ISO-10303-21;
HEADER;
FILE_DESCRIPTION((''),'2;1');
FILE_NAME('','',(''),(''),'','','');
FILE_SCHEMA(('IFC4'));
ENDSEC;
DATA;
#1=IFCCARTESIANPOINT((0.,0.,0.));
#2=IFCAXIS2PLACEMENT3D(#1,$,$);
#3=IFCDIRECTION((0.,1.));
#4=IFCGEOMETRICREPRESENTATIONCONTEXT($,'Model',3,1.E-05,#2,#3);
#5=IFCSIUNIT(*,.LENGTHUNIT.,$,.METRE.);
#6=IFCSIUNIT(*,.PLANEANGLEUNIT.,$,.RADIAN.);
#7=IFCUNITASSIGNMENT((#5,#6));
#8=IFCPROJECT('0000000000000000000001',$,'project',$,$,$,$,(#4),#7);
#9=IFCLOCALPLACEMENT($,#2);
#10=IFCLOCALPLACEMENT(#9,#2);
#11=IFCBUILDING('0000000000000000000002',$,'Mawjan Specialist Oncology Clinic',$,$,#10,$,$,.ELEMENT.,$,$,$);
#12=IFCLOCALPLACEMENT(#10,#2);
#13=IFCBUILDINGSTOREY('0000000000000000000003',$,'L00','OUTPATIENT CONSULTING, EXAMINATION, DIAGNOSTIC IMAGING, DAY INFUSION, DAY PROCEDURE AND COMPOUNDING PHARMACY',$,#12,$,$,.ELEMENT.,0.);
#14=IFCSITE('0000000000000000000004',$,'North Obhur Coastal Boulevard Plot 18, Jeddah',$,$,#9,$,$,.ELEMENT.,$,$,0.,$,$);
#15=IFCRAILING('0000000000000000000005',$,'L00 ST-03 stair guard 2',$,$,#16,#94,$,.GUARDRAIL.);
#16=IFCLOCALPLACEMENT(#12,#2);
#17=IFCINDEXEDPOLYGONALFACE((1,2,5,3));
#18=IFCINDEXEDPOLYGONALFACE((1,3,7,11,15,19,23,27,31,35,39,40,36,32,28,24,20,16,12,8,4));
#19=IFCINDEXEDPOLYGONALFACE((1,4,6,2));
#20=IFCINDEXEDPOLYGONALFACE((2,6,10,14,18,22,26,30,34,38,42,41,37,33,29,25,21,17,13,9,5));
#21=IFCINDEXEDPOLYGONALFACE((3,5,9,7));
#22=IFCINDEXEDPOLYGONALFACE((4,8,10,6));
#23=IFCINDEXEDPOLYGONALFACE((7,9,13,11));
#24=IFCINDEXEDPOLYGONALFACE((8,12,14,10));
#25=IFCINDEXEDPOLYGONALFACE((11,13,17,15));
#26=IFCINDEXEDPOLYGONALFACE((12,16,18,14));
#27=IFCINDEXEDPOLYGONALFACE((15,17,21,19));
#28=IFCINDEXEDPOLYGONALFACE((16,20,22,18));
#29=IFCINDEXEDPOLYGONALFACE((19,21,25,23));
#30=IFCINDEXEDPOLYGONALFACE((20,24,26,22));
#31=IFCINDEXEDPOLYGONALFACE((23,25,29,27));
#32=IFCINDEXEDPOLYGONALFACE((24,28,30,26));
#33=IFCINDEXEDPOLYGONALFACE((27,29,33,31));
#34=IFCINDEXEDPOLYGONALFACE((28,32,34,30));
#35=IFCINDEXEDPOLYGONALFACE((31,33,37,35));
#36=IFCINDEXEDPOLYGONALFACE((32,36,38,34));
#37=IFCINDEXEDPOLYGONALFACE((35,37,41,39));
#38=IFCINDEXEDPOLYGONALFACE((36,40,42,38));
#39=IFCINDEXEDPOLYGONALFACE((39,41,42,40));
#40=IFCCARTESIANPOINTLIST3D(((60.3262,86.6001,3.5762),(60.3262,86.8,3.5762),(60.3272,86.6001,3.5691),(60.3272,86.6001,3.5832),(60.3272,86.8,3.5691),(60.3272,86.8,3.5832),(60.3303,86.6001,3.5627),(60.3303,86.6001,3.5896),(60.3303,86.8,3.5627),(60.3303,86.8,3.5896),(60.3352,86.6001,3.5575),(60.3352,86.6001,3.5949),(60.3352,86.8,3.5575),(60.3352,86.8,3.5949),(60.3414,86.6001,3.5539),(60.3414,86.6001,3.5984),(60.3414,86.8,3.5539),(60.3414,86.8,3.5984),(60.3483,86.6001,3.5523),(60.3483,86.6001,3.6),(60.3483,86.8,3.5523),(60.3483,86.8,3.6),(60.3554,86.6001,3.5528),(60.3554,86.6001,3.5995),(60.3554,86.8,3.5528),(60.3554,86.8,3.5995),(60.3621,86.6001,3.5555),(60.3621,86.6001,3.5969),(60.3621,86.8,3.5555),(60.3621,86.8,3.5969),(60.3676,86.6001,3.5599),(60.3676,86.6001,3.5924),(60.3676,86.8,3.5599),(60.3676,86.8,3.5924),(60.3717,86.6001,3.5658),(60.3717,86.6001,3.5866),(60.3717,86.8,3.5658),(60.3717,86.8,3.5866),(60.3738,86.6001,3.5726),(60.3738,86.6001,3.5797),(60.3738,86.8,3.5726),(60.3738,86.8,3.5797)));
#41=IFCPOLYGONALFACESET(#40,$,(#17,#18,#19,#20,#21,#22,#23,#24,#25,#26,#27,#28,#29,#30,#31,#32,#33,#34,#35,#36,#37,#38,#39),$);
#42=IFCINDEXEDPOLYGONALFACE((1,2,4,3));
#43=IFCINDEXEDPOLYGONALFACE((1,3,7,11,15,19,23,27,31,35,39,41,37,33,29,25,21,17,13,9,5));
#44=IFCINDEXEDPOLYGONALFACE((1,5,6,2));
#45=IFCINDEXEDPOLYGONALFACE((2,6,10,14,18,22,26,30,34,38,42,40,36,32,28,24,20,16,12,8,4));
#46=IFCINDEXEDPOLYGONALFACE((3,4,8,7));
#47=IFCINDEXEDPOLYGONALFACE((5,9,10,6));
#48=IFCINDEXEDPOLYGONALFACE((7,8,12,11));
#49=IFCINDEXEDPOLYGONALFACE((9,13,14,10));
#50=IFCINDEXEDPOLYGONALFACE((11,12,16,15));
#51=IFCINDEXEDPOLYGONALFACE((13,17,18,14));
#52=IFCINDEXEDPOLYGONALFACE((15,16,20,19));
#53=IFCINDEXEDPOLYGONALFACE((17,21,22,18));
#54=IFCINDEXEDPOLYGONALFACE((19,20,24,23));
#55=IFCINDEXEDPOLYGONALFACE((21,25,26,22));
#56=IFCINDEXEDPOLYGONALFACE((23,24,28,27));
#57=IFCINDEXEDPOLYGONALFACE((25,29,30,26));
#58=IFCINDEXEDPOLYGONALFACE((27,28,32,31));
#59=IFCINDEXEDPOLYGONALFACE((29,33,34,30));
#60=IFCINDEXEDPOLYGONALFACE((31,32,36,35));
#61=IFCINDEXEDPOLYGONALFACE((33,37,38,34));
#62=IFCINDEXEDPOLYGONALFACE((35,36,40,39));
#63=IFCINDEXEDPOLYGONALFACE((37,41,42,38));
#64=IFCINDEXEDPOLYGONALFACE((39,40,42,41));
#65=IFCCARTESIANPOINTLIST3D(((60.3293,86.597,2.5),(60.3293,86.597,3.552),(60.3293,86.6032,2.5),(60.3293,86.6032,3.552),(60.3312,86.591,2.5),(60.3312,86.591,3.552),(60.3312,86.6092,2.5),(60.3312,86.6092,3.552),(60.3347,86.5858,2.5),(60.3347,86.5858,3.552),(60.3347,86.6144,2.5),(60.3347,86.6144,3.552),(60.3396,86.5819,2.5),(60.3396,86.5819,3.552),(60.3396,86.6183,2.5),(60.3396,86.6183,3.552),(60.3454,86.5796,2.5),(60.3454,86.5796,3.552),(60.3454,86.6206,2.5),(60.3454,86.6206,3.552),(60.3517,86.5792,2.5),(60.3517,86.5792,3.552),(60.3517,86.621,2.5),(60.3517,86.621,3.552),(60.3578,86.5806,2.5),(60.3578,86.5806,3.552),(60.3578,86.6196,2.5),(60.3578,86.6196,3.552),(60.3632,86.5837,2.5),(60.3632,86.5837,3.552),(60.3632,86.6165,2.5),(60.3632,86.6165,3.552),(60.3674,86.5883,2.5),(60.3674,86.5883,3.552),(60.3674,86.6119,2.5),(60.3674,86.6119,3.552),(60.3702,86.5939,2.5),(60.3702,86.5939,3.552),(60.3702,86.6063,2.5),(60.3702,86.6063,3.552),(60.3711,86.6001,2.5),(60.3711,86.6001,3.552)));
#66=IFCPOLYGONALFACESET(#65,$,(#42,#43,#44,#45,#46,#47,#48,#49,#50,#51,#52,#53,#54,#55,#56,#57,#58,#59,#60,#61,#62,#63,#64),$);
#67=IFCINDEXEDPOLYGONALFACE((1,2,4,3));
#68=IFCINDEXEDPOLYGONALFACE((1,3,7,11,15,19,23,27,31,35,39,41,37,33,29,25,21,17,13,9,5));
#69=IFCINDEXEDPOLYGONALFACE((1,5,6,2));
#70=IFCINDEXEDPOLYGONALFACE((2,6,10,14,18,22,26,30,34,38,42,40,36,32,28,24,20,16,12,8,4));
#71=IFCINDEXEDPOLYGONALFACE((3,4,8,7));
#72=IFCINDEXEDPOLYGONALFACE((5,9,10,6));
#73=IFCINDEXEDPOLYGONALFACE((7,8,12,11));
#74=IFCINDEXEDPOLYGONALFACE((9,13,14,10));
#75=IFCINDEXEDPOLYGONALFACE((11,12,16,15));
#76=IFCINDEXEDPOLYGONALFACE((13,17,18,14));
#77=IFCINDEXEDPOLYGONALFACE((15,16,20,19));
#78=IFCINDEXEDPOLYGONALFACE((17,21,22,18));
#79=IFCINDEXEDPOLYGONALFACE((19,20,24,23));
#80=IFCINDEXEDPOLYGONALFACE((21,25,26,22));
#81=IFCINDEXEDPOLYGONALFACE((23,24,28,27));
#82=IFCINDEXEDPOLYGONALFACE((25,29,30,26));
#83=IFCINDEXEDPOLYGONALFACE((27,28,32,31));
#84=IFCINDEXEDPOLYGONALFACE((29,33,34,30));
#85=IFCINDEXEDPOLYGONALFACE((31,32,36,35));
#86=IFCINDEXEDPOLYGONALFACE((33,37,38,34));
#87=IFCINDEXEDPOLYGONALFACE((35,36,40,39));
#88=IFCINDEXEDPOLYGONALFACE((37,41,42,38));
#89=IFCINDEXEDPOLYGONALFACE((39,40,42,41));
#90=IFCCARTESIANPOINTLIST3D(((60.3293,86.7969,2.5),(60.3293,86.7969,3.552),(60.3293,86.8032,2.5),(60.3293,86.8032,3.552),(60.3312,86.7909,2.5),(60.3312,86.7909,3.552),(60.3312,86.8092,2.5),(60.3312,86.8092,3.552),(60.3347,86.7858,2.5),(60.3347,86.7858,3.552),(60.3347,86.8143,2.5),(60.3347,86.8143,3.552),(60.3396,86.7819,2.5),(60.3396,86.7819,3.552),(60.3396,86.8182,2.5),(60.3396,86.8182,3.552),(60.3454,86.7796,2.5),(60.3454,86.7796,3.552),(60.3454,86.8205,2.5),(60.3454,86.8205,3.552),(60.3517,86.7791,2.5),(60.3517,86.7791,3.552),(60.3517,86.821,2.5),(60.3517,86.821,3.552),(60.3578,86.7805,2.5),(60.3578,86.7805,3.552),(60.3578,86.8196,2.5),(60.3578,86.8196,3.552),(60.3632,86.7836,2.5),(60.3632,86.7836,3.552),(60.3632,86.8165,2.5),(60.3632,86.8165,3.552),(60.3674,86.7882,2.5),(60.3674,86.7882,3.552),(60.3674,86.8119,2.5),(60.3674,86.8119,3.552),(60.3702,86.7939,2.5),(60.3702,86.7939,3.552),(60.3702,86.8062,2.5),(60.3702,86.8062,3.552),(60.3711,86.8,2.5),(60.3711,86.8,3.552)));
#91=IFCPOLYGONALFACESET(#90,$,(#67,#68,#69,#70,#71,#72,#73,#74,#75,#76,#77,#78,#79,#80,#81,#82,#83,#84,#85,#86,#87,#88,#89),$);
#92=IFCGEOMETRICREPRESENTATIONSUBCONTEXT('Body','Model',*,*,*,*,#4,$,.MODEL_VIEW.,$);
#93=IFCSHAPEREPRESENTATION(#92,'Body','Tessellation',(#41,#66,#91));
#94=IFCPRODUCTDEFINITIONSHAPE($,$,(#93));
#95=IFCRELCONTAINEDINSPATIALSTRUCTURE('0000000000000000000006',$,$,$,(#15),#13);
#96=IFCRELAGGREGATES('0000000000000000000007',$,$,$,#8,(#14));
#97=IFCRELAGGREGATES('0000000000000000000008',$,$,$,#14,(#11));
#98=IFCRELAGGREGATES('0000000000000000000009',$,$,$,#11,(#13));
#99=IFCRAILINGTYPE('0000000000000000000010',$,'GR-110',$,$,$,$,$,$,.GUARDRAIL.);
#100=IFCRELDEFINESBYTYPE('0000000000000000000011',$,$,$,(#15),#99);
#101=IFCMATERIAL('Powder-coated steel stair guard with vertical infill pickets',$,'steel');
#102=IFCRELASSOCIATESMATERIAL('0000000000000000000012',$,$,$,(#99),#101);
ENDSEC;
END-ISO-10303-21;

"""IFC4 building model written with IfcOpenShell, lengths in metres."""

from ifc_helpers import new_model, si_unit, direction, frame, origin, origin_2d, place, context, subcontext, project, spatial, circle, extrude, material, type_object, element, save


model = new_model("IFC4")

# Units and contexts
model_context = context("Model", 3, precision=1e-05, world=origin(), true_north=direction((0.0, 1.0)))
body_context = subcontext(model_context, "Body", "Model", "MODEL_VIEW")
ifc_project = project(units=[si_unit("LENGTHUNIT", "METRE"), si_unit("PLANEANGLEUNIT", "RADIAN")], contexts=[model_context])

# Site, building, storey
site_placement = place(None, origin())
site = spatial("IfcSite", under=ifc_project, at=site_placement, Name="North Obhur Coastal Boulevard Plot 18, Jeddah", CompositionType="ELEMENT", RefElevation=0.0)
building_placement = place(site_placement, origin())
building = spatial("IfcBuilding", under=site, at=building_placement, Name="Mawjan Specialist Oncology Clinic", CompositionType="ELEMENT")
storey_placement = place(building_placement, origin())
storey = spatial("IfcBuildingStorey", under=building, at=storey_placement, Name="L00", Description="OUTPATIENT CONSULTING, EXAMINATION, DIAGNOSTIC IMAGING, DAY INFUSION, DAY PROCEDURE AND COMPOUNDING PHARMACY", CompositionType="ELEMENT", Elevation=0.0)

# Railing
ifc_material_1 = material(Name="Powder-coated steel stair guard with vertical infill pickets", Category="steel")
railing_type_1 = type_object("IfcRailingType", Name="GR-110", PredefinedType="GUARDRAIL", material=ifc_material_1)
railing_1_placement = place(storey_placement, frame((60.3501, 86.6001, 2.5)))
element("IfcRailing", 1, at=railing_1_placement, inside=storey, type_object=railing_type_1, Name="L00 ST-03 stair guard 2", PredefinedType="GUARDRAIL", context=body_context, shape_type="SweptSolid", body=[
    extrude(circle(Radius=0.0239, at=origin_2d()), frame((0.0, 0.0, 1.0762), z_axis=(0.0, 1.0, 0.0), x_axis=(-1.0, 0.0, 0.0)), (0.0, 0.0, 1.0), 0.2),
    extrude(circle(Radius=0.021, at=origin_2d()), origin(), (0.0, 0.0, 1.0), 1.052),
    extrude(circle(Radius=0.021, at=origin_2d()), frame((0.0, 0.2, 0.0)), (0.0, 0.0, 1.0), 1.052),
])

save(model, "model.ifc")
